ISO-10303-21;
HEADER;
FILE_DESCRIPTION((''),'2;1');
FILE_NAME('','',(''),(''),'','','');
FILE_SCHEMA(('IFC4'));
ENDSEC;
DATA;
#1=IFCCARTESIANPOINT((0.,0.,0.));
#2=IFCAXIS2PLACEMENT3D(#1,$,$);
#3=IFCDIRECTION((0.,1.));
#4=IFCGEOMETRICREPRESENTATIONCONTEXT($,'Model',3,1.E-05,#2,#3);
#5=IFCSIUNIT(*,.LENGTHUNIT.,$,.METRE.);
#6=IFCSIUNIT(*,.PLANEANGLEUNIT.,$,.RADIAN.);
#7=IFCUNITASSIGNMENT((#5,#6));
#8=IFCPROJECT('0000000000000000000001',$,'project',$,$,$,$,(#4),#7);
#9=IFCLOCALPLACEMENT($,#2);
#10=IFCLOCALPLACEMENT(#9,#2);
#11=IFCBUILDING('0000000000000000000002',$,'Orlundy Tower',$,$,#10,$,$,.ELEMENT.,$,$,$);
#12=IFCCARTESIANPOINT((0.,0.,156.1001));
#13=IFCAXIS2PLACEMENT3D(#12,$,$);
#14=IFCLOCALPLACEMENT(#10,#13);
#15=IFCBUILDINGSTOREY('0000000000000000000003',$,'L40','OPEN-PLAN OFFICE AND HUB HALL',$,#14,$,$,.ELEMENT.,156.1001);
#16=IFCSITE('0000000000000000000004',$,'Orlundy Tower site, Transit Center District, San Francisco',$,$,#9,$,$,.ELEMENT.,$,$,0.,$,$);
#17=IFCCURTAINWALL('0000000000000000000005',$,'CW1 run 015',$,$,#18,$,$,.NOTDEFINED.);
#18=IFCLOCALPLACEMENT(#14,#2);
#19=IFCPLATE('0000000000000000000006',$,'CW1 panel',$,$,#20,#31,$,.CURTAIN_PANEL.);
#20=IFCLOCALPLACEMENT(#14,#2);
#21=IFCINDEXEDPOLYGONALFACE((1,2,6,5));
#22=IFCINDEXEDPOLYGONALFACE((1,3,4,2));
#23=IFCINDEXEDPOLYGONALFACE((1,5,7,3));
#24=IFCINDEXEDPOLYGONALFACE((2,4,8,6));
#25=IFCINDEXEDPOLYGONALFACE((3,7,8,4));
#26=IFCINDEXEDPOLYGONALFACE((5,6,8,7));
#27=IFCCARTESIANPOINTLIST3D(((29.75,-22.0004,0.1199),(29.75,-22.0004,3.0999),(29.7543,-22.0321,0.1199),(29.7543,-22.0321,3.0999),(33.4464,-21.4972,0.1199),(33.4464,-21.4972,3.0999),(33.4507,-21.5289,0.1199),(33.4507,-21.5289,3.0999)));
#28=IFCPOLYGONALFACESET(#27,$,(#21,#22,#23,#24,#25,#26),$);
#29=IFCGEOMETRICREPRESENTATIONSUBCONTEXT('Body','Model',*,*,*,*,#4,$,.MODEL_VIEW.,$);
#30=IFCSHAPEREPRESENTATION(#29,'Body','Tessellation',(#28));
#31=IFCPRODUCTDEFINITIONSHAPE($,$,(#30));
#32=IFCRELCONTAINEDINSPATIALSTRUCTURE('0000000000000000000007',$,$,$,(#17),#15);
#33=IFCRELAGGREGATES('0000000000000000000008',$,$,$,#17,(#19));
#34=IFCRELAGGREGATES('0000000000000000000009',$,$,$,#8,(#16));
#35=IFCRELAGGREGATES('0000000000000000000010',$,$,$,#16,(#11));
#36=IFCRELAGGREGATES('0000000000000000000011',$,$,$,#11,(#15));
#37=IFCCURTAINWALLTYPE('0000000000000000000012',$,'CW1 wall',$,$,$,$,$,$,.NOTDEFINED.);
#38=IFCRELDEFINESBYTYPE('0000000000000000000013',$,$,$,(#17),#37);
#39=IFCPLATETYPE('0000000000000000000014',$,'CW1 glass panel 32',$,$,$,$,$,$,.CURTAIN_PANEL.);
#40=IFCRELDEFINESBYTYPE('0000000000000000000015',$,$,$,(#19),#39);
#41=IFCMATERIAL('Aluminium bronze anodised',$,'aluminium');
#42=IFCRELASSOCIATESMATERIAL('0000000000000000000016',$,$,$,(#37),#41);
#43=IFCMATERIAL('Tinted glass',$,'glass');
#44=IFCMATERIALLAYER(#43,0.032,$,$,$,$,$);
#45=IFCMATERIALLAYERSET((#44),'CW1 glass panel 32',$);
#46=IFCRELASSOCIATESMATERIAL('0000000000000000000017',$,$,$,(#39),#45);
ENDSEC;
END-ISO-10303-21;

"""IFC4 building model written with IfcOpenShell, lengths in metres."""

from ifc_helpers import new_model, si_unit, direction, frame, origin, origin_2d, place, context, subcontext, project, spatial, rectangle, extrude, material, layer, layer_set, type_object, element, aggregate, save


model = new_model("IFC4")

# Units and contexts
model_context = context("Model", 3, precision=1e-05, world=origin(), true_north=direction((0.0, 1.0)))
body_context = subcontext(model_context, "Body", "Model", "MODEL_VIEW")
ifc_project = project(units=[si_unit("LENGTHUNIT", "METRE"), si_unit("PLANEANGLEUNIT", "RADIAN")], contexts=[model_context])

# Site, building, storey
site_placement = place(None, origin())
site = spatial("IfcSite", under=ifc_project, at=site_placement, Name="Orlundy Tower site, Transit Center District, San Francisco", CompositionType="ELEMENT", RefElevation=0.0)
building_placement = place(site_placement, origin())
building = spatial("IfcBuilding", under=site, at=building_placement, Name="Orlundy Tower", CompositionType="ELEMENT")
storey_placement = place(building_placement, frame((0.0, 0.0, 156.1001)))
storey = spatial("IfcBuildingStorey", under=building, at=storey_placement, Name="L40", Description="OPEN-PLAN OFFICE AND HUB HALL", CompositionType="ELEMENT", Elevation=156.1001)

# Curtain wall
ifc_material_1 = material(Name="Aluminium bronze anodised", Category="aluminium")
curtain_wall_type = type_object("IfcCurtainWallType", Name="CW1 wall", PredefinedType="NOTDEFINED", material=ifc_material_1)
curtain_wall_1_placement = place(storey_placement, origin())
curtain_wall_1 = element("IfcCurtainWall", 1, at=curtain_wall_1_placement, inside=storey, type_object=curtain_wall_type, Name="CW1 run 015", PredefinedType="NOTDEFINED")

# Plate
ifc_material_2 = material(Name="Tinted glass", Category="glass")
ifc_layer_1 = layer(ifc_material_2, 0.032)
ifc_layer_set_1 = layer_set([ifc_layer_1], Name="CW1 glass panel 32")
plate_type = type_object("IfcPlateType", Name="CW1 glass panel 32", PredefinedType="CURTAIN_PANEL", material=ifc_layer_set_1)
plate_1_placement = place(storey_placement, frame((31.6003, -21.7646, 0.1199), z_axis=(0.0, 0.0, 1.0), x_axis=(-0.990861, -0.134884, 0.0)))
plate_1 = element("IfcPlate", 2, at=plate_1_placement, type_object=plate_type, Name="CW1 panel", PredefinedType="CURTAIN_PANEL", context=body_context, shape_type="SweptSolid", body=[
    extrude(rectangle(XDim=3.7305, YDim=0.032, at=origin_2d()), origin(), (0.0, 0.0, 1.0), 2.98),
])
aggregate(curtain_wall_1, [plate_1])

save(model, "model.ifc")
